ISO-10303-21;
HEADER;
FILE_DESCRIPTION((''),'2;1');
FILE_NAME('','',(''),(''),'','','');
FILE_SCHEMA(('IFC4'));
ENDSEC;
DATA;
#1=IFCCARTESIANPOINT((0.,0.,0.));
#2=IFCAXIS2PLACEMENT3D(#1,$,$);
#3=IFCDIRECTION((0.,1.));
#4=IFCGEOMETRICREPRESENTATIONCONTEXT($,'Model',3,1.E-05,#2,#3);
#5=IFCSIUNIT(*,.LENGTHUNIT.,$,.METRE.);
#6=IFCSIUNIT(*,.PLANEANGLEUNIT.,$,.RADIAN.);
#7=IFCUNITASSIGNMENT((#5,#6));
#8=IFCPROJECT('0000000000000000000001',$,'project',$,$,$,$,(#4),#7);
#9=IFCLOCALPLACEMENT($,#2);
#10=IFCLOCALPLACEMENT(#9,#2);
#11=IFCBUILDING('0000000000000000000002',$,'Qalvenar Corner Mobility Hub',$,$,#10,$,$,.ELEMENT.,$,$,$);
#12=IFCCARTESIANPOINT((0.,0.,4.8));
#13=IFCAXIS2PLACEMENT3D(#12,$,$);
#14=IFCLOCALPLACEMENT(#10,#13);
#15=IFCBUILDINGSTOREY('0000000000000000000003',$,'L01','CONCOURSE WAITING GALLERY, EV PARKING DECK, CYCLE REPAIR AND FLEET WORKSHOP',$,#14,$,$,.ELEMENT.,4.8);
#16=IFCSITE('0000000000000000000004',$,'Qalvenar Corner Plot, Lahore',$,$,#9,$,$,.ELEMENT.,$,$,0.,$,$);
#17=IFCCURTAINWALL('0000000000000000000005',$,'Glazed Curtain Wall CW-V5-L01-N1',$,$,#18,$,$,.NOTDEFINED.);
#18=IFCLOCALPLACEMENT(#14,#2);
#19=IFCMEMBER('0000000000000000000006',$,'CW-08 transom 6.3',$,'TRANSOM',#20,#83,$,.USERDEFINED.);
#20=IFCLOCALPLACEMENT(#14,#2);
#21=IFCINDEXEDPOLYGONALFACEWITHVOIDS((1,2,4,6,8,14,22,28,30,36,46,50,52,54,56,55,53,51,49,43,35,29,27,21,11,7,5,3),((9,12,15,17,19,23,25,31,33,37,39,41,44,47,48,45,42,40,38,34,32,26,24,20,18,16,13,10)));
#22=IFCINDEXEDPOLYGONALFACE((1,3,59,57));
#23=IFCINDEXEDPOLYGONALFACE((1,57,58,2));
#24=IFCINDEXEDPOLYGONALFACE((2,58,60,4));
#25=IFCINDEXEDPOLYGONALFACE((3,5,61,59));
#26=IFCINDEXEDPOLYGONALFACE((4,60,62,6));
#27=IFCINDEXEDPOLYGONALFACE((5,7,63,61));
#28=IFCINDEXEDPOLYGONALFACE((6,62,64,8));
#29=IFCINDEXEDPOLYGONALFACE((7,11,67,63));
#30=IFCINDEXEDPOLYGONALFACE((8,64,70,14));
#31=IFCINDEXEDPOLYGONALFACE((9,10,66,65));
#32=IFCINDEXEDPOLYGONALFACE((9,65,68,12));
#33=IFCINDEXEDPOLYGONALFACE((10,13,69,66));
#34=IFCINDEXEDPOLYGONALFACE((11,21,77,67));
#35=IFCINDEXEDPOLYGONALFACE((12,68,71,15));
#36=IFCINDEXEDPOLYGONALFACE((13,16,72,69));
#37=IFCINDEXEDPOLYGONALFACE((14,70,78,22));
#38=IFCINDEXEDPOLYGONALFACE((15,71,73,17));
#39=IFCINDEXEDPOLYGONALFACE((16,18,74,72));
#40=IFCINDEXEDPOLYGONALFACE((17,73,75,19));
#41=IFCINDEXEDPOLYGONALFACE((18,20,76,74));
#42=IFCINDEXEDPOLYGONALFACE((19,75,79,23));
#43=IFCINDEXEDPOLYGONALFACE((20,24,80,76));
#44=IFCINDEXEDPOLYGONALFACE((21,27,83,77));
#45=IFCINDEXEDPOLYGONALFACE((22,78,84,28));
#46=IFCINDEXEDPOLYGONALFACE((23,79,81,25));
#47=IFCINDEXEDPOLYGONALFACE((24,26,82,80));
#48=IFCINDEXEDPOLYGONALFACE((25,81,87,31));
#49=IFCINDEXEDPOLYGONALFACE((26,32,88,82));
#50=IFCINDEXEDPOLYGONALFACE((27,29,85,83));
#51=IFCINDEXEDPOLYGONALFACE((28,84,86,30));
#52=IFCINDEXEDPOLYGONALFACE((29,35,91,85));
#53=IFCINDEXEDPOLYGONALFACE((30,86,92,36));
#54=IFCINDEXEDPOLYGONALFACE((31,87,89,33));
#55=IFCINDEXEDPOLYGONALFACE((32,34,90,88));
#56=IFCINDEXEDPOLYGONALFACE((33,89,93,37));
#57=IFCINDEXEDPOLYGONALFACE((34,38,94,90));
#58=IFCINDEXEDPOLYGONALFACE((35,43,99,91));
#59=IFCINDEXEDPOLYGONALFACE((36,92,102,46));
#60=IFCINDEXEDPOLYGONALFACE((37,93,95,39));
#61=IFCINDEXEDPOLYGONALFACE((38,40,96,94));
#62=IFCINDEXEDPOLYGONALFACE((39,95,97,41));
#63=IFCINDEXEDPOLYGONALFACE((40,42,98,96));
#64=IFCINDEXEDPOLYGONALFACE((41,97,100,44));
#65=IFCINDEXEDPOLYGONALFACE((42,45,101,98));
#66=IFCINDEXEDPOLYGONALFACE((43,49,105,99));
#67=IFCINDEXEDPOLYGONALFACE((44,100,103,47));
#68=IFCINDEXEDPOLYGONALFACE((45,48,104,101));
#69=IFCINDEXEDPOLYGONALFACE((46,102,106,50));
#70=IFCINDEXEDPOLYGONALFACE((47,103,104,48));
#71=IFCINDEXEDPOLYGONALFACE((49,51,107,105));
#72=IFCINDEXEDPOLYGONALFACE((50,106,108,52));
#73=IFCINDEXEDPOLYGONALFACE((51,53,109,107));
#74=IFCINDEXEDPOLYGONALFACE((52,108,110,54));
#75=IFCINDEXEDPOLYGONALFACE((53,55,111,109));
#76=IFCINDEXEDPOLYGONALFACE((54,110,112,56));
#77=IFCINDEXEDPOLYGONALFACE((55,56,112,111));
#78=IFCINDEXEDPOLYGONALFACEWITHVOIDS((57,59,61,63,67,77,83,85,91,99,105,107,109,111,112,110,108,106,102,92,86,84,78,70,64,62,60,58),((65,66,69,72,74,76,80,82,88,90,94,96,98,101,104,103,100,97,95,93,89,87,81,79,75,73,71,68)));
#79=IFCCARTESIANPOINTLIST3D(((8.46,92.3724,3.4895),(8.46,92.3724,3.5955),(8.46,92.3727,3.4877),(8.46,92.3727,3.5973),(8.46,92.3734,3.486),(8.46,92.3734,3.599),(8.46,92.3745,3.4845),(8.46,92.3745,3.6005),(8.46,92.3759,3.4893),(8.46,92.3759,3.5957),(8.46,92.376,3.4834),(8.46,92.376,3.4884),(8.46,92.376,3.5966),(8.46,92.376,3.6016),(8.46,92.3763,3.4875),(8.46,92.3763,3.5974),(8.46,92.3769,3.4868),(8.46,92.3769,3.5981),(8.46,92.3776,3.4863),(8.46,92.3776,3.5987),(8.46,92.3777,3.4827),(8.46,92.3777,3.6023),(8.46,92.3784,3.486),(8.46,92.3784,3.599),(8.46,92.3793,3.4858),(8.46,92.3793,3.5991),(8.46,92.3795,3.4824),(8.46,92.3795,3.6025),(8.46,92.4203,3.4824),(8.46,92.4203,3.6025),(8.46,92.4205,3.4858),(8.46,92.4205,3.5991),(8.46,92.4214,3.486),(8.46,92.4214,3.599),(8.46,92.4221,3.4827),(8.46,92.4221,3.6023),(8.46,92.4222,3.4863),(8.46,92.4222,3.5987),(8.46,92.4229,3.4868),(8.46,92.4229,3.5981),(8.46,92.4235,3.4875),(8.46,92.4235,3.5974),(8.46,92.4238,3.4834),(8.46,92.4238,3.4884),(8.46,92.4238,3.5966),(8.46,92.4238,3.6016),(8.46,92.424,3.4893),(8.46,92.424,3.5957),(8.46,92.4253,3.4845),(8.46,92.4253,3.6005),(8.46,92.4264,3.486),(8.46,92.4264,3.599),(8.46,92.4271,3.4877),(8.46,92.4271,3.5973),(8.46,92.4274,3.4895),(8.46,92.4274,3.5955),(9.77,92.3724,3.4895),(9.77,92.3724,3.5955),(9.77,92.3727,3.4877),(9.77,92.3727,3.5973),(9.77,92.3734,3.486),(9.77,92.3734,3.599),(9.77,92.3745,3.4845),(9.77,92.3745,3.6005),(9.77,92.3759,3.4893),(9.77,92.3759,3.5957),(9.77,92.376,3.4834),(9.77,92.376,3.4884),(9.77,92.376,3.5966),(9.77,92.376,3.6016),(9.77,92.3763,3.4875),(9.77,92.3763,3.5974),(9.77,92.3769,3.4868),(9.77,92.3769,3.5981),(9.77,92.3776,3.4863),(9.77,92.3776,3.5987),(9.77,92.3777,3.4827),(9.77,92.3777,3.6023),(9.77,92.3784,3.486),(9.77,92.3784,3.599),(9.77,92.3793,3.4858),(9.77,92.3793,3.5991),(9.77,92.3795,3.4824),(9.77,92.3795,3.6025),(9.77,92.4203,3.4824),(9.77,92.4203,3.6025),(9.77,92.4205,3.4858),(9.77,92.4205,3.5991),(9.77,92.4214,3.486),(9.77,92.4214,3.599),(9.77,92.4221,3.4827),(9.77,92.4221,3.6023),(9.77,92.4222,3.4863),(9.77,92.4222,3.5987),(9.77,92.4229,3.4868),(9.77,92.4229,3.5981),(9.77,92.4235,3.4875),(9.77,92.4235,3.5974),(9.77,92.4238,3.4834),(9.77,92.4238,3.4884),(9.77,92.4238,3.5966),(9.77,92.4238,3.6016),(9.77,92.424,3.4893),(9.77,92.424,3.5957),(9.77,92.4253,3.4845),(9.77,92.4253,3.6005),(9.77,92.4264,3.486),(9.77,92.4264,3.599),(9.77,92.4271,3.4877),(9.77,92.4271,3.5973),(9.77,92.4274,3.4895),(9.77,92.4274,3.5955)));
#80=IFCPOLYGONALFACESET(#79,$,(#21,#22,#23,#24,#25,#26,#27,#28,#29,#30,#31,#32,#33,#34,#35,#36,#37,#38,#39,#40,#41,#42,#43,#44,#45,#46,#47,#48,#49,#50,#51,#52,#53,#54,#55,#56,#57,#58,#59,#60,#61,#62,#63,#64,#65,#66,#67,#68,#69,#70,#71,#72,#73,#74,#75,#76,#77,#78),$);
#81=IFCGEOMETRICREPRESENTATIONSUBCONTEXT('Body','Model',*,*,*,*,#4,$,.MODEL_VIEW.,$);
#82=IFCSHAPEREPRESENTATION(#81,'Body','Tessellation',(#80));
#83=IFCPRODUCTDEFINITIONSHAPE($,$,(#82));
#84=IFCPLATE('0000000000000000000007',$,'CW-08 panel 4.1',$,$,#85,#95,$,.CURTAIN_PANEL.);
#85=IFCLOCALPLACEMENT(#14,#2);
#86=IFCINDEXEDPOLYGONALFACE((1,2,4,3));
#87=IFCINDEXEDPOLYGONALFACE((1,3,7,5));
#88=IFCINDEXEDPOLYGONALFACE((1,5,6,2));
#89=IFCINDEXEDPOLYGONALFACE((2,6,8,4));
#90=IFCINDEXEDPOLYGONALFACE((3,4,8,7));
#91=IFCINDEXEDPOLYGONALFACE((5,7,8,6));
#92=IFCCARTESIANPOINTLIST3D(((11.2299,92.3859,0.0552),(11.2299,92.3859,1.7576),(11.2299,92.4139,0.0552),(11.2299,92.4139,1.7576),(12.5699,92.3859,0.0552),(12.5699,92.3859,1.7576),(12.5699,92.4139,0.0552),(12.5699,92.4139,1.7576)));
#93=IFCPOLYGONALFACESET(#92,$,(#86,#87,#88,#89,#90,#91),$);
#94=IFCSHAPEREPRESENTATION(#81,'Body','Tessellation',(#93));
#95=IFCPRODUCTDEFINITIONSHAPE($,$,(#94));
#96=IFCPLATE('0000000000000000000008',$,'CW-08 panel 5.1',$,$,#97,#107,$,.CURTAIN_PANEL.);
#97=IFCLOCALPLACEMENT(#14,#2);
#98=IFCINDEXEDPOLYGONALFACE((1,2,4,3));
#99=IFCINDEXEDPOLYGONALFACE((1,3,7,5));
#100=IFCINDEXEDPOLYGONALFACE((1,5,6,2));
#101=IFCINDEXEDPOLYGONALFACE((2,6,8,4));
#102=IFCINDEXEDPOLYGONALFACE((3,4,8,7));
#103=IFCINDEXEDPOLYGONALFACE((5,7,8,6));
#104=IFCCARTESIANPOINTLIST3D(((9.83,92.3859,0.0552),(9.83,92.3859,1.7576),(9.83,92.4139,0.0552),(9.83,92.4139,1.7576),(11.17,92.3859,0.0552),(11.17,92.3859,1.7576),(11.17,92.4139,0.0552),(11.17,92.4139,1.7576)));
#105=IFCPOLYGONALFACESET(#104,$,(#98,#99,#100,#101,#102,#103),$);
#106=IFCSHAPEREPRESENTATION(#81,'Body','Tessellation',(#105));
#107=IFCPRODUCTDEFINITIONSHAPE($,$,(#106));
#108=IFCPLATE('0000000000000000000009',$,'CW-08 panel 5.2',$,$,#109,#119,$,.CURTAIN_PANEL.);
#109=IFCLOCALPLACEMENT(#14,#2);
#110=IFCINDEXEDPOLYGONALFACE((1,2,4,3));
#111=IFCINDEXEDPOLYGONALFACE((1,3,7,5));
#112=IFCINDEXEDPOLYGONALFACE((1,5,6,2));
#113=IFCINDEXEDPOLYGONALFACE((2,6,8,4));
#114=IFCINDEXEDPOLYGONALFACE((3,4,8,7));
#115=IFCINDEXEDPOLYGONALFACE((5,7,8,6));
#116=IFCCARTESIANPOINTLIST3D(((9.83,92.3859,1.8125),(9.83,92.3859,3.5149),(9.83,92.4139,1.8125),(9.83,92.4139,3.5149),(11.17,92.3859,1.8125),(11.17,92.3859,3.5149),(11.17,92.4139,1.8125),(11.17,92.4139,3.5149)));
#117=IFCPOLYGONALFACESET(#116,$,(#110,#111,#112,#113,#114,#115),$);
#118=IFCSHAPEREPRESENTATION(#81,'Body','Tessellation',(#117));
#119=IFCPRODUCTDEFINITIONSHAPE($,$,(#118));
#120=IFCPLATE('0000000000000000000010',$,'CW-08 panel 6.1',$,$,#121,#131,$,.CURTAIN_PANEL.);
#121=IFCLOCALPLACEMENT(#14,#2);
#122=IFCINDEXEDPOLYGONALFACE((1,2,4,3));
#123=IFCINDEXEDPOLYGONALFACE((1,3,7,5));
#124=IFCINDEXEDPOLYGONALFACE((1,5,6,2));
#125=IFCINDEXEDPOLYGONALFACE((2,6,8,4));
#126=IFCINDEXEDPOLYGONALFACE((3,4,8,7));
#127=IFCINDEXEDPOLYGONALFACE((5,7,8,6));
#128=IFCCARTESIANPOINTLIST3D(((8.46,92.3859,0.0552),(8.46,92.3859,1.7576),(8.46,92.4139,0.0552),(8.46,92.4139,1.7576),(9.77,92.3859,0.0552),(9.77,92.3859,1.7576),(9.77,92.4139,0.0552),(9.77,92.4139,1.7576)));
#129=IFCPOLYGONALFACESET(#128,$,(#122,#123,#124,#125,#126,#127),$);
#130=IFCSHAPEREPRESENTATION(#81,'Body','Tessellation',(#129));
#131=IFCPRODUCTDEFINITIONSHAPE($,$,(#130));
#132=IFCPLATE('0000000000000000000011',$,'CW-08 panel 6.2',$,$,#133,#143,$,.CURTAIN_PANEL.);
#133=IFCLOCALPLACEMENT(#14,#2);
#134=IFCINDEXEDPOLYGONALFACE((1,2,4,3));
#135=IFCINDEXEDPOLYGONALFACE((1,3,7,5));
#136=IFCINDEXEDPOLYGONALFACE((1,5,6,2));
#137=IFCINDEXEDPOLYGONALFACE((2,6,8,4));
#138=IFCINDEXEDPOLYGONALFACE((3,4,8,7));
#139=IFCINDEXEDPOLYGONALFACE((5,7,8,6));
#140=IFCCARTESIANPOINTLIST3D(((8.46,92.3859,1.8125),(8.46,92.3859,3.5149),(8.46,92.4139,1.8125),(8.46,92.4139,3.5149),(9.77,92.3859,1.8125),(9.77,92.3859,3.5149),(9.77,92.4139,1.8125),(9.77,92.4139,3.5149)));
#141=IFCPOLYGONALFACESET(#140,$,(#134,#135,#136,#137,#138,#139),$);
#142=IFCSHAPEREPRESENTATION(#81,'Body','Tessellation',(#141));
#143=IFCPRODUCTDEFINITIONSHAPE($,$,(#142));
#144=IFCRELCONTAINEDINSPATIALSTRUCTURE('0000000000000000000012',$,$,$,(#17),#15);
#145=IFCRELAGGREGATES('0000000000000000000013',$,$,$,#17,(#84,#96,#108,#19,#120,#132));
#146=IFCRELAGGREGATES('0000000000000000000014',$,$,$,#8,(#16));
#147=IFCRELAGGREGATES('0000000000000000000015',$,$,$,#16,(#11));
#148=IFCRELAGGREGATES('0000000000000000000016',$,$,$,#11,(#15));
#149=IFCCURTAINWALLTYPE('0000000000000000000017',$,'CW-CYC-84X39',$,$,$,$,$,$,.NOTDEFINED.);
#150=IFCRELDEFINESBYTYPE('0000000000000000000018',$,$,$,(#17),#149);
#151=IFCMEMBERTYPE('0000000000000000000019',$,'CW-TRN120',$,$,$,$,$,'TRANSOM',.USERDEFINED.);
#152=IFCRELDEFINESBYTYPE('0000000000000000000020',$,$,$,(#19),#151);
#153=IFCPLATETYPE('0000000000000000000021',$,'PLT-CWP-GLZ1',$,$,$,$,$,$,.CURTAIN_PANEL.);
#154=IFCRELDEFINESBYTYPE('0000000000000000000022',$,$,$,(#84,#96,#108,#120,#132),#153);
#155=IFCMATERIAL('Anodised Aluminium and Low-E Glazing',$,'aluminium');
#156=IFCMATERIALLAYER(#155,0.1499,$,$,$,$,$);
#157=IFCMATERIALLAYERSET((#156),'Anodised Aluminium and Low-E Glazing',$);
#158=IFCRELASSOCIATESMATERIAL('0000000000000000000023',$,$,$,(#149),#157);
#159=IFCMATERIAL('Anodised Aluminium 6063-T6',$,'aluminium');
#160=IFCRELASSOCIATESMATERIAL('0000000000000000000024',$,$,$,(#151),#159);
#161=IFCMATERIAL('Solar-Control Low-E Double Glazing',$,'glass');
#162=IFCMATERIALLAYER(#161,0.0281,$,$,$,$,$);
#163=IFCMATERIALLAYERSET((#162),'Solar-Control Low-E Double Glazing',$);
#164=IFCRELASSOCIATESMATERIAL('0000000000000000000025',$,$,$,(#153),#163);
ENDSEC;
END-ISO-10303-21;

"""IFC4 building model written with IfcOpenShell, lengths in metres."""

from ifc_helpers import new_model, si_unit, direction, frame, origin, origin_2d, place, context, subcontext, project, spatial, rectangle, hollow_rectangle, extrude, material, layer, layer_set, material_profile, profile_set, type_object, element, aggregate, save


model = new_model("IFC4")

# Units and contexts
model_context = context("Model", 3, precision=1e-05, world=origin(), true_north=direction((0.0, 1.0)))
body_context = subcontext(model_context, "Body", "Model", "MODEL_VIEW")
ifc_project = project(units=[si_unit("LENGTHUNIT", "METRE"), si_unit("PLANEANGLEUNIT", "RADIAN")], contexts=[model_context])

# Site, building, storey
site_placement = place(None, origin())
site = spatial("IfcSite", under=ifc_project, at=site_placement, Name="Qalvenar Corner Plot, Lahore", CompositionType="ELEMENT", RefElevation=0.0)
building_placement = place(site_placement, origin())
building = spatial("IfcBuilding", under=site, at=building_placement, Name="Qalvenar Corner Mobility Hub", CompositionType="ELEMENT")
storey_placement = place(building_placement, frame((0.0, 0.0, 4.8)))
storey = spatial("IfcBuildingStorey", under=building, at=storey_placement, Name="L01", Description="CONCOURSE WAITING GALLERY, EV PARKING DECK, CYCLE REPAIR AND FLEET WORKSHOP", CompositionType="ELEMENT", Elevation=4.8)

# Curtain wall, member, plates
ifc_material_1 = material(Name="Anodised Aluminium and Low-E Glazing", Category="aluminium")
ifc_layer_1 = layer(ifc_material_1, 0.1499)
ifc_layer_set_1 = layer_set([ifc_layer_1], Name="Anodised Aluminium and Low-E Glazing")
curtain_wall_type = type_object("IfcCurtainWallType", Name="CW-CYC-84X39", PredefinedType="NOTDEFINED", material=ifc_layer_set_1)
curtain_wall_placement = place(storey_placement, origin())
curtain_wall = element("IfcCurtainWall", 1, at=curtain_wall_placement, inside=storey, type_object=curtain_wall_type, Name="Glazed Curtain Wall CW-V5-L01-N1", PredefinedType="NOTDEFINED")
ifc_material_2 = material(Name="Anodised Aluminium 6063-T6", Category="aluminium")
ifc_material_profile_1 = material_profile(ifc_material_2, hollow_rectangle(XDim=0.0549, YDim=0.1201, WallThickness=0.0034, InnerFilletRadius=0.0034, OuterFilletRadius=0.0071, at=origin_2d()), Name="RHS120x55x3.5")
ifc_profile_set_1 = profile_set([ifc_material_profile_1], Name="Anodised Aluminium 6063-T6")
member_type_1 = type_object("IfcMemberType", Name="CW-TRN120", ElementType="TRANSOM", PredefinedType="USERDEFINED", material=ifc_profile_set_1)
member_1_placement = place(storey_placement, frame((9.77, 92.3999, 3.5425), z_axis=(-1.0, 0.0, 0.0), x_axis=(0.0, -1.0, 0.0)))
member_1 = element("IfcMember", 2, at=member_1_placement, type_object=member_type_1, Name="CW-08 transom 6.3", ObjectType="TRANSOM", PredefinedType="USERDEFINED", context=body_context, shape_type="SweptSolid", body=[
    extrude(hollow_rectangle(XDim=0.0549, YDim=0.1201, WallThickness=0.0034, InnerFilletRadius=0.0034, OuterFilletRadius=0.0071, at=origin_2d()), origin(), (0.0, 0.0, 1.0), 1.3101),
])
ifc_material_3 = material(Name="Solar-Control Low-E Double Glazing", Category="glass")
ifc_layer_2 = layer(ifc_material_3, 0.0281)
ifc_layer_set_2 = layer_set([ifc_layer_2], Name="Solar-Control Low-E Double Glazing")
plate_type = type_object("IfcPlateType", Name="PLT-CWP-GLZ1", PredefinedType="CURTAIN_PANEL", material=ifc_layer_set_2)
plate_1_placement = place(storey_placement, frame((11.8999, 92.3999, 0.0552), z_axis=(0.0, 0.0, 1.0), x_axis=(-1.0, 0.0, 0.0)))
plate_1 = element("IfcPlate", 3, at=plate_1_placement, type_object=plate_type, Name="CW-08 panel 4.1", PredefinedType="CURTAIN_PANEL", context=body_context, shape_type="SweptSolid", body=[
    extrude(rectangle(XDim=1.3401, YDim=0.0281, at=origin_2d()), origin(), (0.0, 0.0, 1.0), 1.7024),
])
plate_2_placement = place(storey_placement, frame((10.5, 92.3999, 0.0552), z_axis=(0.0, 0.0, 1.0), x_axis=(-1.0, 0.0, 0.0)))
plate_2 = element("IfcPlate", 4, at=plate_2_placement, type_object=plate_type, Name="CW-08 panel 5.1", PredefinedType="CURTAIN_PANEL", context=body_context, shape_type="SweptSolid", body=[
    extrude(rectangle(XDim=1.3401, YDim=0.0281, at=origin_2d()), origin(), (0.0, 0.0, 1.0), 1.7024),
])
plate_3_placement = place(storey_placement, frame((10.5, 92.3999, 1.8125), z_axis=(0.0, 0.0, 1.0), x_axis=(-1.0, 0.0, 0.0)))
plate_3 = element("IfcPlate", 5, at=plate_3_placement, type_object=plate_type, Name="CW-08 panel 5.2", PredefinedType="CURTAIN_PANEL", context=body_context, shape_type="SweptSolid", body=[
    extrude(rectangle(XDim=1.3401, YDim=0.0281, at=origin_2d()), origin(), (0.0, 0.0, 1.0), 1.7024),
])
plate_4_placement = place(storey_placement, frame((9.115, 92.3999, 0.0552), z_axis=(0.0, 0.0, 1.0), x_axis=(-1.0, 0.0, 0.0)))
plate_4 = element("IfcPlate", 6, at=plate_4_placement, type_object=plate_type, Name="CW-08 panel 6.1", PredefinedType="CURTAIN_PANEL", context=body_context, shape_type="SweptSolid", body=[
    extrude(rectangle(XDim=1.3101, YDim=0.0281, at=origin_2d()), origin(), (0.0, 0.0, 1.0), 1.7024),
])
plate_5_placement = place(storey_placement, frame((9.115, 92.3999, 1.8125), z_axis=(0.0, 0.0, 1.0), x_axis=(-1.0, 0.0, 0.0)))
plate_5 = element("IfcPlate", 7, at=plate_5_placement, type_object=plate_type, Name="CW-08 panel 6.2", PredefinedType="CURTAIN_PANEL", context=body_context, shape_type="SweptSolid", body=[
    extrude(rectangle(XDim=1.3101, YDim=0.0281, at=origin_2d()), origin(), (0.0, 0.0, 1.0), 1.7024),
])
aggregate(curtain_wall, [plate_1, plate_2, plate_3, member_1, plate_4, plate_5])

save(model, "model.ifc")
